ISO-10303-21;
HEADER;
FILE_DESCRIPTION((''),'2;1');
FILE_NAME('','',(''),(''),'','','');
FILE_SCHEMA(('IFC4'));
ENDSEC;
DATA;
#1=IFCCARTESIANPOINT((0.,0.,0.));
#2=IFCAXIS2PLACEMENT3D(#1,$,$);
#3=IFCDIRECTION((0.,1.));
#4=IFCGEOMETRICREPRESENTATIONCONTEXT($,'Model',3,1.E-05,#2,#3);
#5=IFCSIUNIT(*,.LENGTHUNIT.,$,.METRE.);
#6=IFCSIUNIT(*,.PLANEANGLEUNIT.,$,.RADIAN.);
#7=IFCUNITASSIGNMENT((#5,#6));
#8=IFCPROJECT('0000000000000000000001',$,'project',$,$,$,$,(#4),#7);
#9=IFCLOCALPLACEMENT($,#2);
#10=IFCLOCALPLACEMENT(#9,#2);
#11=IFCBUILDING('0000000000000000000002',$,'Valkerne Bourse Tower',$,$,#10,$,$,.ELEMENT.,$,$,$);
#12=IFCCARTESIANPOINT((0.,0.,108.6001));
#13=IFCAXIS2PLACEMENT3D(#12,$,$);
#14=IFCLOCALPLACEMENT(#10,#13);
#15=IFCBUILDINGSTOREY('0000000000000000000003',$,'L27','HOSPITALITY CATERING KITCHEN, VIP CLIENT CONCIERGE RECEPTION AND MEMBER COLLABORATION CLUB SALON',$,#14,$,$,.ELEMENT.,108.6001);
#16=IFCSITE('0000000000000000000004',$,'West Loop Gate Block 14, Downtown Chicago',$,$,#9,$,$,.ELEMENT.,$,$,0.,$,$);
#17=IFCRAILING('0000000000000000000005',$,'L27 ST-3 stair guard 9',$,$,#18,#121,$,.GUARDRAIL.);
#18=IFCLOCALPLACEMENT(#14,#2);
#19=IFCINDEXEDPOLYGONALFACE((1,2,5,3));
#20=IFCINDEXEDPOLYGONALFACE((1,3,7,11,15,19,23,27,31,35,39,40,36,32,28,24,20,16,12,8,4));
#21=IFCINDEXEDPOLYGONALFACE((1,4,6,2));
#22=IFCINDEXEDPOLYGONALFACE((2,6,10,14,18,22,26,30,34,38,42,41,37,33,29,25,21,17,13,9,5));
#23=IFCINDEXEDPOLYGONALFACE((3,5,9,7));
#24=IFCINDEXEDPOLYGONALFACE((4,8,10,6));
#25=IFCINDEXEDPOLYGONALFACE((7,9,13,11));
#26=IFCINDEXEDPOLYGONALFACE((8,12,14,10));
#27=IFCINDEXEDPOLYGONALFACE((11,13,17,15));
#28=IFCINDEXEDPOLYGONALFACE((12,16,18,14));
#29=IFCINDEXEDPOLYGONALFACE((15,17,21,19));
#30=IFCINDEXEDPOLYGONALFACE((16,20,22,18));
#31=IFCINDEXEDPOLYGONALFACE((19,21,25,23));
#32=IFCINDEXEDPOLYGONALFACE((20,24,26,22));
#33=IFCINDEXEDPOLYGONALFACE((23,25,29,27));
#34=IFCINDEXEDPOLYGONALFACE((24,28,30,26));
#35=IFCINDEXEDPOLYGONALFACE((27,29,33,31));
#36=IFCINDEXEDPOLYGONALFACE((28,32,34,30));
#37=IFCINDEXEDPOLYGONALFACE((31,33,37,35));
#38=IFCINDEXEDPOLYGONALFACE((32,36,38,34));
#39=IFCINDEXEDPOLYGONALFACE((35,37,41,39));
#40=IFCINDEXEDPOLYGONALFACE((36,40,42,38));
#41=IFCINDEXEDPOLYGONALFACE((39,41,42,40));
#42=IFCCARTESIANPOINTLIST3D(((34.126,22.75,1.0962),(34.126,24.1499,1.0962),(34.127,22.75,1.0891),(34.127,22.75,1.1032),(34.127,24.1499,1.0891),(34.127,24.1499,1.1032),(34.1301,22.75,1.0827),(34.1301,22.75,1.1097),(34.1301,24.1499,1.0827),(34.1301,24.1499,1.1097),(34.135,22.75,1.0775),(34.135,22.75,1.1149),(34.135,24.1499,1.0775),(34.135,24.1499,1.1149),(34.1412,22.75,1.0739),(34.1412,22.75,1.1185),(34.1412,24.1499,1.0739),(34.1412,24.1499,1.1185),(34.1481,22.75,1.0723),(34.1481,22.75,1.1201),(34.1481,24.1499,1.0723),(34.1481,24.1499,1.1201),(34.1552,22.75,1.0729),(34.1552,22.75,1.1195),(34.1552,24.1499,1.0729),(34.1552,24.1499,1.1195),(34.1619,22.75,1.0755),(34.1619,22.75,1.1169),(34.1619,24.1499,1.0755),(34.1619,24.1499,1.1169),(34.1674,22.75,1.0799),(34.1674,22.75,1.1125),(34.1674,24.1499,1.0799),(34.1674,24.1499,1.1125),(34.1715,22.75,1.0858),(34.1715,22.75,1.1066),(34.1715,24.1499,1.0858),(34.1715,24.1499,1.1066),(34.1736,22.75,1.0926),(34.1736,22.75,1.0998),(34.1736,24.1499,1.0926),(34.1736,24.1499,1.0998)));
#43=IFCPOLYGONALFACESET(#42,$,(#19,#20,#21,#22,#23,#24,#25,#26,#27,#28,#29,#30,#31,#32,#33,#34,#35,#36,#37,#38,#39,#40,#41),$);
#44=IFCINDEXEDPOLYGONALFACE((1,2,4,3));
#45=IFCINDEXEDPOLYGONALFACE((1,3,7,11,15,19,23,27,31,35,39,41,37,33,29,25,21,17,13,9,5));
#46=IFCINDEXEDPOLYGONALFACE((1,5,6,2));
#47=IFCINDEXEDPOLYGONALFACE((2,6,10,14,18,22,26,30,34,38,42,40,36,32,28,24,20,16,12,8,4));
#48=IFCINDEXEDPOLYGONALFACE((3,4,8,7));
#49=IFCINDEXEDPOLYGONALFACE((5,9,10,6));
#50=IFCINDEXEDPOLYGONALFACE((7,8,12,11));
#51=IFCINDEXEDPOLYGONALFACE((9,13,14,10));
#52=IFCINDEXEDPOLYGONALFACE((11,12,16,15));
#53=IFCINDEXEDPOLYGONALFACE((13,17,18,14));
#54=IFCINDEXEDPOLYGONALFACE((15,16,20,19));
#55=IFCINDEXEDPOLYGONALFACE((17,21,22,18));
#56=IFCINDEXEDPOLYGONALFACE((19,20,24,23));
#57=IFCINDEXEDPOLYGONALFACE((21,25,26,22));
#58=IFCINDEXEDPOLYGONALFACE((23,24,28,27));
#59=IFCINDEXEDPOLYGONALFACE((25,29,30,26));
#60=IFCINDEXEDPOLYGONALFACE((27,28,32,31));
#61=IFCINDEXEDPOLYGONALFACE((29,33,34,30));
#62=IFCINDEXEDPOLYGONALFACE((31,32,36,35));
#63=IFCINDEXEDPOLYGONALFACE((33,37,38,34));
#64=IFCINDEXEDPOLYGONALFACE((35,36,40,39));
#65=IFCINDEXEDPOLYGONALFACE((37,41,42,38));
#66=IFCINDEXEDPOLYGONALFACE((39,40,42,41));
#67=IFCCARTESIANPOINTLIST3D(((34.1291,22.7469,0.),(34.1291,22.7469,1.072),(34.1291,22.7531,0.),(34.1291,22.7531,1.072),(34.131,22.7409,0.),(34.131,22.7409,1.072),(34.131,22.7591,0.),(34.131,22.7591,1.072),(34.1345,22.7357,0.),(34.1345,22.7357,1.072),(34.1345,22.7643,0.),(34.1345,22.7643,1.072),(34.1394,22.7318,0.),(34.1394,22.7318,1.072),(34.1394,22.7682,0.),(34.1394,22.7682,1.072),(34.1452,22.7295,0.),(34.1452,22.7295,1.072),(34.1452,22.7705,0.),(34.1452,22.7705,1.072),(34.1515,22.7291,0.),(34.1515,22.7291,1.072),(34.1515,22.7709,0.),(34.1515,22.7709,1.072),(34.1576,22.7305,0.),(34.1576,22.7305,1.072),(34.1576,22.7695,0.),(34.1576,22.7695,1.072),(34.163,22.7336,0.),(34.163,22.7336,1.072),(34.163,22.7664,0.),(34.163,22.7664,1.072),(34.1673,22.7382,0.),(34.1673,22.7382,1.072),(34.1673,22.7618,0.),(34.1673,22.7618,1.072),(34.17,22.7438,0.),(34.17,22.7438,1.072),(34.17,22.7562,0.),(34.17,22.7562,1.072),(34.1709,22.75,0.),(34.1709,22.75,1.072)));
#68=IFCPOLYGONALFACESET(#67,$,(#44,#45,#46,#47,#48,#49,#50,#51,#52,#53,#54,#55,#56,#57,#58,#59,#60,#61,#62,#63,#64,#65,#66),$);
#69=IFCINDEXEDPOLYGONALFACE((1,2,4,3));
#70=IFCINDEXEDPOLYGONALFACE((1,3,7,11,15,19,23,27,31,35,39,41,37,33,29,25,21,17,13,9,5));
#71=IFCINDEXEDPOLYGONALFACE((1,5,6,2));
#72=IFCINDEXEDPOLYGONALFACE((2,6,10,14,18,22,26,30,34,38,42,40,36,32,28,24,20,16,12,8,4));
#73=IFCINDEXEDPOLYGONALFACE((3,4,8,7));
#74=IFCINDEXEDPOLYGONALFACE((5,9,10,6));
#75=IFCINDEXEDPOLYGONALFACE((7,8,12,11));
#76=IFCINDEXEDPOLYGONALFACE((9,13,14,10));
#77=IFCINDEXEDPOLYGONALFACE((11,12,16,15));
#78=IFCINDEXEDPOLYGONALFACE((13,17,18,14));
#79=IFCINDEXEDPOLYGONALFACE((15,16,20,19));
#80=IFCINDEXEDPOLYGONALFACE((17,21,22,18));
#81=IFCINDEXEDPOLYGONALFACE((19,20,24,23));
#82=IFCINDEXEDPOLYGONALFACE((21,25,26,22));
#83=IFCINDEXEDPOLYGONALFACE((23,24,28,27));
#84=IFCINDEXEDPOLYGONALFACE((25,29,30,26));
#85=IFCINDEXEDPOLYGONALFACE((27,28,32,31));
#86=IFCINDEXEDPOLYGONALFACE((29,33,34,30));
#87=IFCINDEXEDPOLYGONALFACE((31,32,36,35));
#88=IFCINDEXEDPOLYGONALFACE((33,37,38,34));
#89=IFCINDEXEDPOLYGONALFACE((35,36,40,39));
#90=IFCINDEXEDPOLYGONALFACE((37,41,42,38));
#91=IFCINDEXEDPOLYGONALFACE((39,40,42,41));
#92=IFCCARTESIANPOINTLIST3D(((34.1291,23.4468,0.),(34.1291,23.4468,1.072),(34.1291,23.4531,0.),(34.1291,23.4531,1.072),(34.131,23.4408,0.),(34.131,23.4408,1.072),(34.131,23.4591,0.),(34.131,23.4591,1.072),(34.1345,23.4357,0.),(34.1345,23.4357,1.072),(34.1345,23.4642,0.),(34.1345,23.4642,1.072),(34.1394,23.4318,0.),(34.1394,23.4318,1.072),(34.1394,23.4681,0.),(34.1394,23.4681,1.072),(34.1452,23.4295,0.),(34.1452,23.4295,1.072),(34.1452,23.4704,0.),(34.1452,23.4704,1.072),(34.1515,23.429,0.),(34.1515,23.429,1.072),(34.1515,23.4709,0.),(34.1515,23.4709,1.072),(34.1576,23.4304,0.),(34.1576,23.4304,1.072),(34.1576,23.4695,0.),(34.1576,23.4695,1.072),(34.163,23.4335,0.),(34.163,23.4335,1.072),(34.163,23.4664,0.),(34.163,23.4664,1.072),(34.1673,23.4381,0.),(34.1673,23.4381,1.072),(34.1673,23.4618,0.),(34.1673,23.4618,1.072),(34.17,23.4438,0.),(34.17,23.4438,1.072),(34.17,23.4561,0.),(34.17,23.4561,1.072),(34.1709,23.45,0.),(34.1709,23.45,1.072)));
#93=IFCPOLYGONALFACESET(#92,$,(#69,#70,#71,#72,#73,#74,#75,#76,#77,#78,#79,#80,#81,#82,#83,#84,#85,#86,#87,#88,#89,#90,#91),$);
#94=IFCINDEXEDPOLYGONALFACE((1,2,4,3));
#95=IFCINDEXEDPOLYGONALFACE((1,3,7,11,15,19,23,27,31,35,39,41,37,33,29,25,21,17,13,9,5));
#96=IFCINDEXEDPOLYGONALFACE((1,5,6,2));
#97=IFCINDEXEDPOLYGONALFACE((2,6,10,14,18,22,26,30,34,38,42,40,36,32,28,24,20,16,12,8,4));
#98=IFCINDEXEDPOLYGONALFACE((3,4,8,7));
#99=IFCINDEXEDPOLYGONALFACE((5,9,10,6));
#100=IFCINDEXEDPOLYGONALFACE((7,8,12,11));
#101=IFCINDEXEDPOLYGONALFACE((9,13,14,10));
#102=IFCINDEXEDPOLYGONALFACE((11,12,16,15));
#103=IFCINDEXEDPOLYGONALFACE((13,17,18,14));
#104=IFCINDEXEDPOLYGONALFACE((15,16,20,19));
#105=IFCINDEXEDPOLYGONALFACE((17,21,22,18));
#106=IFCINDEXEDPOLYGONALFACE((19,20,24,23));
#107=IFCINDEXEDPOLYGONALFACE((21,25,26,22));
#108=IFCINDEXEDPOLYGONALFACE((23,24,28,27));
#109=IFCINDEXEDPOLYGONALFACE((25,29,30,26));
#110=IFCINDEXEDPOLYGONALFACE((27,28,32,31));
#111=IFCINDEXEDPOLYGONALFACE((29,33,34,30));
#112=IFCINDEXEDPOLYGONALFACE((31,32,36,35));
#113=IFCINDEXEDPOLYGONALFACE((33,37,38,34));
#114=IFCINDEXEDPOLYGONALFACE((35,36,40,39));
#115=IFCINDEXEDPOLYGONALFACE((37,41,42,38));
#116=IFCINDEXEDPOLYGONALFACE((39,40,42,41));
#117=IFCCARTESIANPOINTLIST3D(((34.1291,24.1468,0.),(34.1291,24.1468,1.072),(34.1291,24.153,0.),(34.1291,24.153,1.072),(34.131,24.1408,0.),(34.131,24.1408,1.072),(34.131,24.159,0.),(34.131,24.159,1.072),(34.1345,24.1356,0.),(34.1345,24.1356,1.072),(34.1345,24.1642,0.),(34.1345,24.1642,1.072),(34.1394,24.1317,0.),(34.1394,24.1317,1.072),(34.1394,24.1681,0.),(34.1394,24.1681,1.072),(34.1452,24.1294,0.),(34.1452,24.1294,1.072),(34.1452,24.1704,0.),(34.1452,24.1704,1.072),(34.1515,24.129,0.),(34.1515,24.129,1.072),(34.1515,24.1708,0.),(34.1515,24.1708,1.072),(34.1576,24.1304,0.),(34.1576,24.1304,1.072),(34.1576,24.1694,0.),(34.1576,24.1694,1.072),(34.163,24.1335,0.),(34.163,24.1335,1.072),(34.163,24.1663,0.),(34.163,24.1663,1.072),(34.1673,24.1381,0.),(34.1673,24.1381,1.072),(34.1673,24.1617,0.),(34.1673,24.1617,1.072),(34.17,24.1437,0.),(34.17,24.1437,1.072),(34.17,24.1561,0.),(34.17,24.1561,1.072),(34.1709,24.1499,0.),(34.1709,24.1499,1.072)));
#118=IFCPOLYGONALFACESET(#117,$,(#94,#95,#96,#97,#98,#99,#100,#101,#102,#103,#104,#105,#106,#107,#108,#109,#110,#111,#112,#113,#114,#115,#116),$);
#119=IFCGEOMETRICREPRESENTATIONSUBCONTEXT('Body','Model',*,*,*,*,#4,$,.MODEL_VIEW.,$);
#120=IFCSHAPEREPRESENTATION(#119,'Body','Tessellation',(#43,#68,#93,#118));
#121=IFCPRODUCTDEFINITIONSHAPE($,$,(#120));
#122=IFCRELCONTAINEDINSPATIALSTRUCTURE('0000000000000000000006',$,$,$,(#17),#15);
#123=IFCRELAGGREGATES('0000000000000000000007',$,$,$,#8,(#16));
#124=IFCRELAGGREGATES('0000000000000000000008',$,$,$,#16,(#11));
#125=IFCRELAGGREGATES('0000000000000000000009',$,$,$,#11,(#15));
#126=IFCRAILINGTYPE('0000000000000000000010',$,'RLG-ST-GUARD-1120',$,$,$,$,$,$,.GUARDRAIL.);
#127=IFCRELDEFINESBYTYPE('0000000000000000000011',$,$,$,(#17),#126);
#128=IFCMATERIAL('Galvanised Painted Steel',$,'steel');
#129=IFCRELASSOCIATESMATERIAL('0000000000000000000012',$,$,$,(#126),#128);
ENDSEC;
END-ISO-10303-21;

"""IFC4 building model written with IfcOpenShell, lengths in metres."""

from ifc_helpers import new_model, si_unit, direction, frame, origin, origin_2d, place, context, subcontext, project, spatial, circle, extrude, material, type_object, element, save


model = new_model("IFC4")

# Units and contexts
model_context = context("Model", 3, precision=1e-05, world=origin(), true_north=direction((0.0, 1.0)))
body_context = subcontext(model_context, "Body", "Model", "MODEL_VIEW")
ifc_project = project(units=[si_unit("LENGTHUNIT", "METRE"), si_unit("PLANEANGLEUNIT", "RADIAN")], contexts=[model_context])

# Site, building, storey
site_placement = place(None, origin())
site = spatial("IfcSite", under=ifc_project, at=site_placement, Name="West Loop Gate Block 14, Downtown Chicago", CompositionType="ELEMENT", RefElevation=0.0)
building_placement = place(site_placement, origin())
building = spatial("IfcBuilding", under=site, at=building_placement, Name="Valkerne Bourse Tower", CompositionType="ELEMENT")
storey_placement = place(building_placement, frame((0.0, 0.0, 108.6001)))
storey = spatial("IfcBuildingStorey", under=building, at=storey_placement, Name="L27", Description="HOSPITALITY CATERING KITCHEN, VIP CLIENT CONCIERGE RECEPTION AND MEMBER COLLABORATION CLUB SALON", CompositionType="ELEMENT", Elevation=108.6001)

# Shared definitions
ifc_material_1 = material(Name="Galvanised Painted Steel", Category="steel")

# Railing
railing_type = type_object("IfcRailingType", Name="RLG-ST-GUARD-1120", PredefinedType="GUARDRAIL", material=ifc_material_1)
railing_placement = place(storey_placement, frame((34.1499, 22.75, 0.0)))
element("IfcRailing", 1, at=railing_placement, inside=storey, type_object=railing_type, Name="L27 ST-3 stair guard 9", PredefinedType="GUARDRAIL", context=body_context, shape_type="SweptSolid", body=[
    extrude(circle(Radius=0.0239, at=origin_2d()), frame((0.0, 0.0, 1.0962), z_axis=(0.0, 1.0, 0.0), x_axis=(-1.0, 0.0, 0.0)), (0.0, 0.0, 1.0), 1.3999),
    extrude(circle(Radius=0.021, at=origin_2d()), origin(), (0.0, 0.0, 1.0), 1.072),
    extrude(circle(Radius=0.021, at=origin_2d()), frame((0.0, 0.7, 0.0)), (0.0, 0.0, 1.0), 1.072),
    extrude(circle(Radius=0.021, at=origin_2d()), frame((0.0, 1.3999, 0.0)), (0.0, 0.0, 1.0), 1.072),
])

save(model, "model.ifc")
